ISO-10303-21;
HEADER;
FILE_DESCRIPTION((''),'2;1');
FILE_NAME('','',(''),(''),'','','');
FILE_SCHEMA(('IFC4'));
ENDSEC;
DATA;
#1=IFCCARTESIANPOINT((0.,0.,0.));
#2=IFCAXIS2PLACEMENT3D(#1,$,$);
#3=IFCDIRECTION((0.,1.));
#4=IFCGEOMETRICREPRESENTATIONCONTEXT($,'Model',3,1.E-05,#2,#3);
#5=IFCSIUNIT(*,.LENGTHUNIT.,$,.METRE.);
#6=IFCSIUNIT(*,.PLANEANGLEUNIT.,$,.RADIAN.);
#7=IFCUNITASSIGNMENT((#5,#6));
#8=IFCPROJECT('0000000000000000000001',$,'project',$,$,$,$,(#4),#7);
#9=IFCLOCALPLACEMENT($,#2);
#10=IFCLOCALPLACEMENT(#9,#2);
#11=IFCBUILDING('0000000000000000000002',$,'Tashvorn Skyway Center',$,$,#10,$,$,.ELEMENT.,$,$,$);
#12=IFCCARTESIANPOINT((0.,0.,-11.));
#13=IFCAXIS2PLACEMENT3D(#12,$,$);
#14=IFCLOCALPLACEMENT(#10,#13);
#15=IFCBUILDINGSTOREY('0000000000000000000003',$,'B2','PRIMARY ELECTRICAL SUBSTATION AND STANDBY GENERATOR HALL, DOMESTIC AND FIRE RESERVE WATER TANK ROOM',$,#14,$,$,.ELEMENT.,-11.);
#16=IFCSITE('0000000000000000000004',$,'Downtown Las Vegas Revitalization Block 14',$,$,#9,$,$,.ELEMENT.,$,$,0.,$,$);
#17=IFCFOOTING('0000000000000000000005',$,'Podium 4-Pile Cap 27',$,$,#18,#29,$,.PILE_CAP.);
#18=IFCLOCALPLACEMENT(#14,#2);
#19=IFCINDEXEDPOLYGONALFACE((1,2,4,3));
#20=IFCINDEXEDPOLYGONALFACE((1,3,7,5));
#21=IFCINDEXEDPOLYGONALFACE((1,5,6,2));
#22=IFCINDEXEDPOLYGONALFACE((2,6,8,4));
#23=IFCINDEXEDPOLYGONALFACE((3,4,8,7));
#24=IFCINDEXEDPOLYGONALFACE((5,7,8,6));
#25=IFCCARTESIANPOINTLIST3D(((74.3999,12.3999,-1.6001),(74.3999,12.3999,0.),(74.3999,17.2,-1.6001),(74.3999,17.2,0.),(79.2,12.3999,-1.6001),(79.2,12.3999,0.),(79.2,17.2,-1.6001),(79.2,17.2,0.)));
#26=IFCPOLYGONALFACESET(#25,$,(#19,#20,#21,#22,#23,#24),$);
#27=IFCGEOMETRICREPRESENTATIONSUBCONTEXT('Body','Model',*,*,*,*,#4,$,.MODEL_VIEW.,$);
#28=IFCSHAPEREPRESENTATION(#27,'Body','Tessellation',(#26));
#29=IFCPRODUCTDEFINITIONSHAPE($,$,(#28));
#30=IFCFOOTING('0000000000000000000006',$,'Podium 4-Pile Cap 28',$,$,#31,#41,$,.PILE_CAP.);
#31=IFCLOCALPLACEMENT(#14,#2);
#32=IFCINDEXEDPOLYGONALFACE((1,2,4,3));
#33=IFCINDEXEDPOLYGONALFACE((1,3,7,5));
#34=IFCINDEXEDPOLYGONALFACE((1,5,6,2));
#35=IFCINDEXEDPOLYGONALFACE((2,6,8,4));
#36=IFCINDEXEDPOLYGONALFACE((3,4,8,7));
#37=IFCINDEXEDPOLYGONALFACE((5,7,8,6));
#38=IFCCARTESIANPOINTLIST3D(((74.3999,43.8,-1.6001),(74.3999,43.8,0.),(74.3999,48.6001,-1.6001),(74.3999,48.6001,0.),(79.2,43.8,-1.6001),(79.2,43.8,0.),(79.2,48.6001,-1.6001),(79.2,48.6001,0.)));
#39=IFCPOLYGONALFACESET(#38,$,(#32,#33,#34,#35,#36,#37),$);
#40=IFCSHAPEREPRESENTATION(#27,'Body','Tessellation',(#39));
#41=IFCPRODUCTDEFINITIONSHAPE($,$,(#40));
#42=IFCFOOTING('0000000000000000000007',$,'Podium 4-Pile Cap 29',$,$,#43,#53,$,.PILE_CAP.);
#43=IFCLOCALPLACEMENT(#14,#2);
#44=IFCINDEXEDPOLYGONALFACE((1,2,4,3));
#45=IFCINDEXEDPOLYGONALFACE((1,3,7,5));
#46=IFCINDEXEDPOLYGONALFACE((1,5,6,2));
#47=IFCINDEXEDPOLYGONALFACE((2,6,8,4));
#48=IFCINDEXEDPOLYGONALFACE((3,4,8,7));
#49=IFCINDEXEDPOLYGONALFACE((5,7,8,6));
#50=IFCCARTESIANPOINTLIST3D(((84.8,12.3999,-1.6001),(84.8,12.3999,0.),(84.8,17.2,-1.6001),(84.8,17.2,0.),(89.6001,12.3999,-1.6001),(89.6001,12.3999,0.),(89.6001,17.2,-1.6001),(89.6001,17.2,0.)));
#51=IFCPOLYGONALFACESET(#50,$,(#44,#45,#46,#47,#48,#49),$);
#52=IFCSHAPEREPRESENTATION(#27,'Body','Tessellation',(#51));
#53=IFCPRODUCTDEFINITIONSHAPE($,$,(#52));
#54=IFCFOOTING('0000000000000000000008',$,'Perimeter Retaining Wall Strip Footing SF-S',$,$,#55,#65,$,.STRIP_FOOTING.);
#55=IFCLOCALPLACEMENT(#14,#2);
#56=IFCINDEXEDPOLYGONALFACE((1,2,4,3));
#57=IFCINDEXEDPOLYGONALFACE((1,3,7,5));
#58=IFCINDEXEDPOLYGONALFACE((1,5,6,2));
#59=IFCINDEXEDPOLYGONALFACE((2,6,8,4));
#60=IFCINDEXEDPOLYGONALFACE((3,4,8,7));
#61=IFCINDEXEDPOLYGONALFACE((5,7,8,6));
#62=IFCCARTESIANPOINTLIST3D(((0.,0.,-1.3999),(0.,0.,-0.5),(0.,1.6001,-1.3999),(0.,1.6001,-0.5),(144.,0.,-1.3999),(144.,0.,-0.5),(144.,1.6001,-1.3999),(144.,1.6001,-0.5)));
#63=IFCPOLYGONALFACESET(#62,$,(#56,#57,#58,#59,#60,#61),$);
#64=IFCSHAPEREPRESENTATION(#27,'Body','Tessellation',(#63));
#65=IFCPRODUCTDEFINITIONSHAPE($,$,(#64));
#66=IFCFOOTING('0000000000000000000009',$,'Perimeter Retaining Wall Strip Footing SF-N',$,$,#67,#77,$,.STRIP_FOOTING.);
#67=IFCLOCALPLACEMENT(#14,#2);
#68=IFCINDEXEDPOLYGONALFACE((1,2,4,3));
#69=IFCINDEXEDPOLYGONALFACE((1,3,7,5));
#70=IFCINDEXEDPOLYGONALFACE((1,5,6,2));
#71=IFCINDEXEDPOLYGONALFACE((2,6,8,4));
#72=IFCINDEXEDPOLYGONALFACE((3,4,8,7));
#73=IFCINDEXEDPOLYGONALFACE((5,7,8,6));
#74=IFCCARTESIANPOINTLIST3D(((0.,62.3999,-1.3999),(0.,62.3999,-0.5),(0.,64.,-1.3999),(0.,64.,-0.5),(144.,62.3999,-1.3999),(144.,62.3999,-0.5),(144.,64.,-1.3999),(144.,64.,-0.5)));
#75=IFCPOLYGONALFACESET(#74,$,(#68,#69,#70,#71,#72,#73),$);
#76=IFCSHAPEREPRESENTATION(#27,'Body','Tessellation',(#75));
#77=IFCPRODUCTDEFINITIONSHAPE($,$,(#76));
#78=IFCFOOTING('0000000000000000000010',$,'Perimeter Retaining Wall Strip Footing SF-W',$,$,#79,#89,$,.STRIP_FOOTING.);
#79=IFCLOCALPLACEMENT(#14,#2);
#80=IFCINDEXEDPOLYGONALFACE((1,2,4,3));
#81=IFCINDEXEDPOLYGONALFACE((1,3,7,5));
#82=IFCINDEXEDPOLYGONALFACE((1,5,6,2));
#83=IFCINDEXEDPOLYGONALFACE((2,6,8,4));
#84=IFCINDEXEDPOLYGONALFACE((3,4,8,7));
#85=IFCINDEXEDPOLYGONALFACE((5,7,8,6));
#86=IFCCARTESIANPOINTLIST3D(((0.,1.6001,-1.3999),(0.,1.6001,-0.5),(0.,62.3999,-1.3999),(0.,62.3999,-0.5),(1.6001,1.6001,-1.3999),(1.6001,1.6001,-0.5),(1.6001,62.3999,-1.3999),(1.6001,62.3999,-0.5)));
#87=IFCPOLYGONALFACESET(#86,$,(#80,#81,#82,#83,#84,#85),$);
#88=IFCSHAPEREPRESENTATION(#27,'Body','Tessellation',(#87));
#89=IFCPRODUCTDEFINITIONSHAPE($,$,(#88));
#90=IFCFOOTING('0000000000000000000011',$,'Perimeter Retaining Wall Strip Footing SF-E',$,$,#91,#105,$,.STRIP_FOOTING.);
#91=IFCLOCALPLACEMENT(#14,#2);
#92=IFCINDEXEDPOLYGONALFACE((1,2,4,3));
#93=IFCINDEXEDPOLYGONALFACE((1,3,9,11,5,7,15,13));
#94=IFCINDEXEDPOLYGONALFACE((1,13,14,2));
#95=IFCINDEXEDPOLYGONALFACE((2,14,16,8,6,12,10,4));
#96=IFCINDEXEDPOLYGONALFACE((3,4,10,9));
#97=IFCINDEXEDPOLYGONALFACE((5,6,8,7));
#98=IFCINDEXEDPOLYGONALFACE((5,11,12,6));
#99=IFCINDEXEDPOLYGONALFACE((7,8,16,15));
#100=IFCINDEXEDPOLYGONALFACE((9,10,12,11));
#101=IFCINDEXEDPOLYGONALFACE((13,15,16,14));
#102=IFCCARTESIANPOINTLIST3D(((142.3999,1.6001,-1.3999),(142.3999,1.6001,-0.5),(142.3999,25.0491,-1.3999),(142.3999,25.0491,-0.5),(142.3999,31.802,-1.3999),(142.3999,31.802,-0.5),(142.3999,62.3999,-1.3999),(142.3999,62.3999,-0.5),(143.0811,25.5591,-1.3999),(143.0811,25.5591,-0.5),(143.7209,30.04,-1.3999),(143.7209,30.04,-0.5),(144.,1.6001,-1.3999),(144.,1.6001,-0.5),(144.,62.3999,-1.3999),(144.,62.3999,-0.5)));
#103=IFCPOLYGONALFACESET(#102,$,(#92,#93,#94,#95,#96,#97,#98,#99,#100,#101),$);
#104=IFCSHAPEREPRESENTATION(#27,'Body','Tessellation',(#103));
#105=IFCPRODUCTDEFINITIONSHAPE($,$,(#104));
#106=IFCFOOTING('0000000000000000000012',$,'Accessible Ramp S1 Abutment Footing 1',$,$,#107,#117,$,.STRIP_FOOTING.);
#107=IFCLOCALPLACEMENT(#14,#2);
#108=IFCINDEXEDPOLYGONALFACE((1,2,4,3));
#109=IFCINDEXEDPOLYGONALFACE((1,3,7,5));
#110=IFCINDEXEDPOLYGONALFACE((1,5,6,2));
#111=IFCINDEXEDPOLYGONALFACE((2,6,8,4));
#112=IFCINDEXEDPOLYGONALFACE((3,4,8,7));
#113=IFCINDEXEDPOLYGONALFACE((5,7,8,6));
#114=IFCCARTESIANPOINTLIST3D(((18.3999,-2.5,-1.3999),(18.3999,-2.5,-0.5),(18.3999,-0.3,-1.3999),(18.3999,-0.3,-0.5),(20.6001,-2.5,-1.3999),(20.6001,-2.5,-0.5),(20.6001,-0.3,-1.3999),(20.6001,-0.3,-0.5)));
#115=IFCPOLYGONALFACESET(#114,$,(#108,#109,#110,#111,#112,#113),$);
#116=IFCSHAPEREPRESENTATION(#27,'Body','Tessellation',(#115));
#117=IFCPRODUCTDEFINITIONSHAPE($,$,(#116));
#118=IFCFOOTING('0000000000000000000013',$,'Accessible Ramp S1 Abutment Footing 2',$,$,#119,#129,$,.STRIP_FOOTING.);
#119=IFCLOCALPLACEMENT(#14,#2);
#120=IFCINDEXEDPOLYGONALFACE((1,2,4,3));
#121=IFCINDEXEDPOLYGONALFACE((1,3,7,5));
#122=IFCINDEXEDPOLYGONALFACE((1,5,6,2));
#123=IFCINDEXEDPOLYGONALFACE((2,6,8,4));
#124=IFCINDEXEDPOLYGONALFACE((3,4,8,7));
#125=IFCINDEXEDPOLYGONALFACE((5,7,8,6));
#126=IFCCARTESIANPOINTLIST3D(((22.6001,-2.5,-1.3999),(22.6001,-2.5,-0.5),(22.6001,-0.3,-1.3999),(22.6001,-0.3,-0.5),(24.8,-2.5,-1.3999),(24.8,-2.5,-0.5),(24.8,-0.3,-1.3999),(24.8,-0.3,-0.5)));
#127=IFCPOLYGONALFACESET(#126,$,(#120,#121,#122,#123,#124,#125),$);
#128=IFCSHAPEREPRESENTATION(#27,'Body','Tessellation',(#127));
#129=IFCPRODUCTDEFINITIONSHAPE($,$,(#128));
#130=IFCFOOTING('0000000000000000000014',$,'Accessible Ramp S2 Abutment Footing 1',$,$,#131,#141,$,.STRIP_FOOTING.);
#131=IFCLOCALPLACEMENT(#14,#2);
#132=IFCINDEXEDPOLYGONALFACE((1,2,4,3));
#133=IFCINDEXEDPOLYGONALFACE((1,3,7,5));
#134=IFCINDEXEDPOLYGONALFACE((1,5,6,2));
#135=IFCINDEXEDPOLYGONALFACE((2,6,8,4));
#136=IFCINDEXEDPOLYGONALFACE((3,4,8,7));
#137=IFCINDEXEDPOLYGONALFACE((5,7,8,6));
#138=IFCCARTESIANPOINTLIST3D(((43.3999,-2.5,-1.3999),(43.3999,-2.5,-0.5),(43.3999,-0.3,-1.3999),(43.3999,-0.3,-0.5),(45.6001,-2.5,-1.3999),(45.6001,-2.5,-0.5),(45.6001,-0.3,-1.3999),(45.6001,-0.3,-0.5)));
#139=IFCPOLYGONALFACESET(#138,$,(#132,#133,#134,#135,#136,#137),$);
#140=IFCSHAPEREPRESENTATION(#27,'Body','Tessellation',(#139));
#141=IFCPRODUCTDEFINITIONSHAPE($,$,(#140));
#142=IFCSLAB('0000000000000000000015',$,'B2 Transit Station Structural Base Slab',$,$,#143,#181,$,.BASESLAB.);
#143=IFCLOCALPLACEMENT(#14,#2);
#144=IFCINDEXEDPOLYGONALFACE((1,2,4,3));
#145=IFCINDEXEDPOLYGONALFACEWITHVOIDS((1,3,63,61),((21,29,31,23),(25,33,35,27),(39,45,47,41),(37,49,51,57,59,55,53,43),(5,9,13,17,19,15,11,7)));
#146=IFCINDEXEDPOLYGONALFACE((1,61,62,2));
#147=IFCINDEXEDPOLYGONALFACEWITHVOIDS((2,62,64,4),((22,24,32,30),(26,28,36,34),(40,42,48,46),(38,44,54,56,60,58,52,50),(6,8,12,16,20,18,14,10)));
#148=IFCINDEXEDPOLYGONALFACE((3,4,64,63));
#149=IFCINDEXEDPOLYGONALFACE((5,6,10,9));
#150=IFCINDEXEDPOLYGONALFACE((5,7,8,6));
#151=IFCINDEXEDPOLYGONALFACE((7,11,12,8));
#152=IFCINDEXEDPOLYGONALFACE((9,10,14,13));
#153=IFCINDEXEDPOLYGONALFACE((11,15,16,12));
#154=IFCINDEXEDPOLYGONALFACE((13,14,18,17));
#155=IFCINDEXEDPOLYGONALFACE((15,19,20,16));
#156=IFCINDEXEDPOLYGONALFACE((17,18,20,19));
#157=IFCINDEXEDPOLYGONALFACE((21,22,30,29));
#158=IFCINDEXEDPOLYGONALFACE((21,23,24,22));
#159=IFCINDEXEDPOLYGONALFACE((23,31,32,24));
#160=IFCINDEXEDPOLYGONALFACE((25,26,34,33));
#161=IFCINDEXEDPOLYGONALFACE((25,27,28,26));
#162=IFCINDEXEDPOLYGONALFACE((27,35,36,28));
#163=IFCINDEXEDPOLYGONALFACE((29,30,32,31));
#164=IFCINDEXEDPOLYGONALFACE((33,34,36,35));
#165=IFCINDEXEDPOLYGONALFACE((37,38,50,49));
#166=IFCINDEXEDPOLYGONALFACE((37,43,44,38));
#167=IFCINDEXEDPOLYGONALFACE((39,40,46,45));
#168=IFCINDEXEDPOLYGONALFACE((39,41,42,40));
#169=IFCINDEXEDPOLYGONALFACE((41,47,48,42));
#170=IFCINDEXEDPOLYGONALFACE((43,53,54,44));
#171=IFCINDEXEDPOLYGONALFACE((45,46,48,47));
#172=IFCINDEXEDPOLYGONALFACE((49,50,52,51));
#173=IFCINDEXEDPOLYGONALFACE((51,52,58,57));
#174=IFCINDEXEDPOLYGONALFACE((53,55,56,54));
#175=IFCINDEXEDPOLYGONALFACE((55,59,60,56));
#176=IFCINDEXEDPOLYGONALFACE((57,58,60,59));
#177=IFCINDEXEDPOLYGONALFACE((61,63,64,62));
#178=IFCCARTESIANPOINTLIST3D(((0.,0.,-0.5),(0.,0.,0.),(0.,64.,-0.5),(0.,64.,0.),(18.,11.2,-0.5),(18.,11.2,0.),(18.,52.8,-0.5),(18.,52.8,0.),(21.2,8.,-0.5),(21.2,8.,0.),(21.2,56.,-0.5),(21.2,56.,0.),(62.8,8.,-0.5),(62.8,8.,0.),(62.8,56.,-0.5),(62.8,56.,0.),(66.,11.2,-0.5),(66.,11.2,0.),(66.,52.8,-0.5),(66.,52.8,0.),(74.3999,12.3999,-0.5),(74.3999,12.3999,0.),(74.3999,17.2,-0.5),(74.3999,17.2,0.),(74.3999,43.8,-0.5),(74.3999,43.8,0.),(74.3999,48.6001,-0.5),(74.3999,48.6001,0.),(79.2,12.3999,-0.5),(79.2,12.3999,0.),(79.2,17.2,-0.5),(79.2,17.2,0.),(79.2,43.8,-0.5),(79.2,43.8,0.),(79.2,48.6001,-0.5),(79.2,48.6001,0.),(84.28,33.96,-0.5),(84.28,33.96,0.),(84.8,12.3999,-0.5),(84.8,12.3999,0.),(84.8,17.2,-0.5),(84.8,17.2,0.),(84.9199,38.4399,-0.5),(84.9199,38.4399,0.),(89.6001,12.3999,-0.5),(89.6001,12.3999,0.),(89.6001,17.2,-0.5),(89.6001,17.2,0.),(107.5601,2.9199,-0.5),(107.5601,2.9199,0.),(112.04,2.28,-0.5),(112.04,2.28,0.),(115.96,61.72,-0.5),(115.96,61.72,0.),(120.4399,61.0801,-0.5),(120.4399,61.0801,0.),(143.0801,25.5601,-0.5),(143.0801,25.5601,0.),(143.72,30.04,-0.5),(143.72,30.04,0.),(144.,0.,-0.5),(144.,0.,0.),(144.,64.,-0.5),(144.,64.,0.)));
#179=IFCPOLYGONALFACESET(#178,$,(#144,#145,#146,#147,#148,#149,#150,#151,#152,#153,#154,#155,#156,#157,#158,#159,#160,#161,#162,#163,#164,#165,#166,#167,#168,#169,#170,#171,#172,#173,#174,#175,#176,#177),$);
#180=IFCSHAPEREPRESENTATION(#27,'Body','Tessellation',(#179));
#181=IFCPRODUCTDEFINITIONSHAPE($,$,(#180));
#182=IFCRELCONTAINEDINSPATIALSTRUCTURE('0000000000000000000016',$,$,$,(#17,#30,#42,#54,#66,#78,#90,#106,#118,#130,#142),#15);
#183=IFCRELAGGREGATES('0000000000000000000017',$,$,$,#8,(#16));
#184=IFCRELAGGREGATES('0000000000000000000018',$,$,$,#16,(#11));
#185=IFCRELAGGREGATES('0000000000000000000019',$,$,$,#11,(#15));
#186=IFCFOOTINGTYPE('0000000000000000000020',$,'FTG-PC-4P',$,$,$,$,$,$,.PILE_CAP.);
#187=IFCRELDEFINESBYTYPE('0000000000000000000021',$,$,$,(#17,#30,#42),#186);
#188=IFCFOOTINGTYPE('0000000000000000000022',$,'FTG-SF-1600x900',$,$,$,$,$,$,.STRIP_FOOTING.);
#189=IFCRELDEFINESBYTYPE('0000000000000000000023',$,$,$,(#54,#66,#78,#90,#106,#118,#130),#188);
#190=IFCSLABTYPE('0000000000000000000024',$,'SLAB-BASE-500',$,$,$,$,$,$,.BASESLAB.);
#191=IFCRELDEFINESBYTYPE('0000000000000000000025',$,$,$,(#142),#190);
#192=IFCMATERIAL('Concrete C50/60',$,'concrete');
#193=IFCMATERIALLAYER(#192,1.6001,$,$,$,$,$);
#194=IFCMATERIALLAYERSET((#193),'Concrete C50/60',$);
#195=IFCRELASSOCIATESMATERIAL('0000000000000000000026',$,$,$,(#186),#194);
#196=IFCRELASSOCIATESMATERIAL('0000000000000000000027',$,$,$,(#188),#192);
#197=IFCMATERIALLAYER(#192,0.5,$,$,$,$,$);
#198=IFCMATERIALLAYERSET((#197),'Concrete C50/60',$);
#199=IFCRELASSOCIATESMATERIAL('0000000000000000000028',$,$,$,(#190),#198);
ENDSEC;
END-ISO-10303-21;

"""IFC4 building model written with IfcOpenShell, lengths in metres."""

from ifc_helpers import new_model, si_unit, direction, frame, origin, place, context, subcontext, project, spatial, polyline, outline, extrude, material, layer, layer_set, type_object, element, save


model = new_model("IFC4")

# Units and contexts
model_context = context("Model", 3, precision=1e-05, world=origin(), true_north=direction((0.0, 1.0)))
body_context = subcontext(model_context, "Body", "Model", "MODEL_VIEW")
ifc_project = project(units=[si_unit("LENGTHUNIT", "METRE"), si_unit("PLANEANGLEUNIT", "RADIAN")], contexts=[model_context])

# Site, building, storey
site_placement = place(None, origin())
site = spatial("IfcSite", under=ifc_project, at=site_placement, Name="Downtown Las Vegas Revitalization Block 14", CompositionType="ELEMENT", RefElevation=0.0)
building_placement = place(site_placement, origin())
building = spatial("IfcBuilding", under=site, at=building_placement, Name="Tashvorn Skyway Center", CompositionType="ELEMENT")
storey_placement = place(building_placement, frame((0.0, 0.0, -11.0)))
storey = spatial("IfcBuildingStorey", under=building, at=storey_placement, Name="B2", Description="PRIMARY ELECTRICAL SUBSTATION AND STANDBY GENERATOR HALL, DOMESTIC AND FIRE RESERVE WATER TANK ROOM", CompositionType="ELEMENT", Elevation=-11.0)

# Footings
ifc_material_1 = material(Name="Concrete C50/60", Category="concrete")
ifc_layer_1 = layer(ifc_material_1, 1.6001)
ifc_layer_set_1 = layer_set([ifc_layer_1], Name="Concrete C50/60")
footing_type_1 = type_object("IfcFootingType", Name="FTG-PC-4P", PredefinedType="PILE_CAP", material=ifc_layer_set_1)
footing_1_placement = place(storey_placement, frame((0.0, 0.0, -1.6001)))
element("IfcFooting", 1, at=footing_1_placement, inside=storey, type_object=footing_type_1, Name="Podium 4-Pile Cap 27", PredefinedType="PILE_CAP", context=body_context, shape_type="SweptSolid", body=[
    extrude(outline(polyline([(74.3999, 12.3999), (79.2, 12.3999), (79.2, 17.2), (74.3999, 17.2), (74.3999, 12.3999)])), origin(), (0.0, 0.0, 1.0), 1.6001),
])
footing_2_placement = place(storey_placement, frame((0.0, 0.0, -1.6001)))
element("IfcFooting", 2, at=footing_2_placement, inside=storey, type_object=footing_type_1, Name="Podium 4-Pile Cap 28", PredefinedType="PILE_CAP", context=body_context, shape_type="SweptSolid", body=[
    extrude(outline(polyline([(74.3999, 43.8), (79.2, 43.8), (79.2, 48.6001), (74.3999, 48.6001), (74.3999, 43.8)])), origin(), (0.0, 0.0, 1.0), 1.6001),
])
footing_3_placement = place(storey_placement, frame((0.0, 0.0, -1.6001)))
element("IfcFooting", 3, at=footing_3_placement, inside=storey, type_object=footing_type_1, Name="Podium 4-Pile Cap 29", PredefinedType="PILE_CAP", context=body_context, shape_type="SweptSolid", body=[
    extrude(outline(polyline([(84.8, 12.3999), (89.6001, 12.3999), (89.6001, 17.2), (84.8, 17.2), (84.8, 12.3999)])), origin(), (0.0, 0.0, 1.0), 1.6001),
])
footing_type_2 = type_object("IfcFootingType", Name="FTG-SF-1600x900", PredefinedType="STRIP_FOOTING", material=ifc_material_1)
footing_4_placement = place(storey_placement, frame((0.0, 0.0, -1.3999)))
element("IfcFooting", 4, at=footing_4_placement, inside=storey, type_object=footing_type_2, Name="Perimeter Retaining Wall Strip Footing SF-S", PredefinedType="STRIP_FOOTING", context=body_context, shape_type="SweptSolid", body=[
    extrude(outline(polyline([(0.0, 0.0), (144.0, 0.0), (144.0, 1.6001), (0.0, 1.6001), (0.0, 0.0)])), origin(), (0.0, 0.0, 1.0), 0.8999),
])
footing_5_placement = place(storey_placement, frame((0.0, 0.0, -1.3999)))
element("IfcFooting", 5, at=footing_5_placement, inside=storey, type_object=footing_type_2, Name="Perimeter Retaining Wall Strip Footing SF-N", PredefinedType="STRIP_FOOTING", context=body_context, shape_type="SweptSolid", body=[
    extrude(outline(polyline([(0.0, 62.3999), (144.0, 62.3999), (144.0, 64.0), (0.0, 64.0), (0.0, 62.3999)])), origin(), (0.0, 0.0, 1.0), 0.8999),
])
footing_6_placement = place(storey_placement, frame((0.0, 0.0, -1.3999)))
element("IfcFooting", 6, at=footing_6_placement, inside=storey, type_object=footing_type_2, Name="Perimeter Retaining Wall Strip Footing SF-W", PredefinedType="STRIP_FOOTING", context=body_context, shape_type="SweptSolid", body=[
    extrude(outline(polyline([(0.0, 1.6001), (1.6001, 1.6001), (1.6001, 62.3999), (0.0, 62.3999), (0.0, 1.6001)])), origin(), (0.0, 0.0, 1.0), 0.8999),
])
footing_7_placement = place(storey_placement, frame((0.0, 0.0, -1.3999)))
element("IfcFooting", 7, at=footing_7_placement, inside=storey, type_object=footing_type_2, Name="Perimeter Retaining Wall Strip Footing SF-E", PredefinedType="STRIP_FOOTING", context=body_context, shape_type="SweptSolid", body=[
    extrude(outline(polyline([(142.3999, 1.6001), (144.0, 1.6001), (144.0, 62.3999), (142.3999, 62.3999), (142.3999, 31.802), (143.7209, 30.04), (143.0811, 25.5591), (142.3999, 25.0491), (142.3999, 1.6001)])), origin(), (0.0, 0.0, 1.0), 0.8999),
])
footing_8_placement = place(storey_placement, frame((0.0, 0.0, -1.3999)))
element("IfcFooting", 8, at=footing_8_placement, inside=storey, type_object=footing_type_2, Name="Accessible Ramp S1 Abutment Footing 1", PredefinedType="STRIP_FOOTING", context=body_context, shape_type="SweptSolid", body=[
    extrude(outline(polyline([(18.3999, -2.5), (20.6001, -2.5), (20.6001, -0.3), (18.3999, -0.3), (18.3999, -2.5)])), origin(), (0.0, 0.0, 1.0), 0.8999),
])
footing_9_placement = place(storey_placement, frame((0.0, 0.0, -1.3999)))
element("IfcFooting", 9, at=footing_9_placement, inside=storey, type_object=footing_type_2, Name="Accessible Ramp S1 Abutment Footing 2", PredefinedType="STRIP_FOOTING", context=body_context, shape_type="SweptSolid", body=[
    extrude(outline(polyline([(22.6001, -2.5), (24.8, -2.5), (24.8, -0.3), (22.6001, -0.3), (22.6001, -2.5)])), origin(), (0.0, 0.0, 1.0), 0.8999),
])
footing_10_placement = place(storey_placement, frame((0.0, 0.0, -1.3999)))
element("IfcFooting", 10, at=footing_10_placement, inside=storey, type_object=footing_type_2, Name="Accessible Ramp S2 Abutment Footing 1", PredefinedType="STRIP_FOOTING", context=body_context, shape_type="SweptSolid", body=[
    extrude(outline(polyline([(43.3999, -2.5), (45.6001, -2.5), (45.6001, -0.3), (43.3999, -0.3), (43.3999, -2.5)])), origin(), (0.0, 0.0, 1.0), 0.8999),
])

# Slab
ifc_layer_2 = layer(ifc_material_1, 0.5)
ifc_layer_set_2 = layer_set([ifc_layer_2], Name="Concrete C50/60")
slab_type_1 = type_object("IfcSlabType", Name="SLAB-BASE-500", PredefinedType="BASESLAB", material=ifc_layer_set_2)
slab_1_placement = place(storey_placement, frame((0.0, 0.0, -0.5)))
element("IfcSlab", 11, at=slab_1_placement, inside=storey, type_object=slab_type_1, Name="B2 Transit Station Structural Base Slab", PredefinedType="BASESLAB", context=body_context, shape_type="SweptSolid", body=[
    extrude(outline(polyline([(0.0, 0.0), (144.0, 0.0), (144.0, 64.0), (0.0, 64.0), (0.0, 0.0)]), holes=[polyline([(21.2, 8.0), (62.8, 8.0), (66.0, 11.2), (66.0, 52.8), (62.8, 56.0), (21.2, 56.0), (18.0, 52.8), (18.0, 11.2), (21.2, 8.0)]), polyline([(112.04, 2.28), (143.0801, 25.5601), (143.72, 30.04), (120.4399, 61.0801), (115.96, 61.72), (84.9199, 38.4399), (84.28, 33.96), (107.5601, 2.9199), (112.04, 2.28)]), polyline([(74.3999, 12.3999), (79.2, 12.3999), (79.2, 17.2), (74.3999, 17.2), (74.3999, 12.3999)]), polyline([(74.3999, 43.8), (79.2, 43.8), (79.2, 48.6001), (74.3999, 48.6001), (74.3999, 43.8)]), polyline([(84.8, 12.3999), (89.6001, 12.3999), (89.6001, 17.2), (84.8, 17.2), (84.8, 12.3999)])]), origin(), (0.0, 0.0, 1.0), 0.5),
])

save(model, "model.ifc")
